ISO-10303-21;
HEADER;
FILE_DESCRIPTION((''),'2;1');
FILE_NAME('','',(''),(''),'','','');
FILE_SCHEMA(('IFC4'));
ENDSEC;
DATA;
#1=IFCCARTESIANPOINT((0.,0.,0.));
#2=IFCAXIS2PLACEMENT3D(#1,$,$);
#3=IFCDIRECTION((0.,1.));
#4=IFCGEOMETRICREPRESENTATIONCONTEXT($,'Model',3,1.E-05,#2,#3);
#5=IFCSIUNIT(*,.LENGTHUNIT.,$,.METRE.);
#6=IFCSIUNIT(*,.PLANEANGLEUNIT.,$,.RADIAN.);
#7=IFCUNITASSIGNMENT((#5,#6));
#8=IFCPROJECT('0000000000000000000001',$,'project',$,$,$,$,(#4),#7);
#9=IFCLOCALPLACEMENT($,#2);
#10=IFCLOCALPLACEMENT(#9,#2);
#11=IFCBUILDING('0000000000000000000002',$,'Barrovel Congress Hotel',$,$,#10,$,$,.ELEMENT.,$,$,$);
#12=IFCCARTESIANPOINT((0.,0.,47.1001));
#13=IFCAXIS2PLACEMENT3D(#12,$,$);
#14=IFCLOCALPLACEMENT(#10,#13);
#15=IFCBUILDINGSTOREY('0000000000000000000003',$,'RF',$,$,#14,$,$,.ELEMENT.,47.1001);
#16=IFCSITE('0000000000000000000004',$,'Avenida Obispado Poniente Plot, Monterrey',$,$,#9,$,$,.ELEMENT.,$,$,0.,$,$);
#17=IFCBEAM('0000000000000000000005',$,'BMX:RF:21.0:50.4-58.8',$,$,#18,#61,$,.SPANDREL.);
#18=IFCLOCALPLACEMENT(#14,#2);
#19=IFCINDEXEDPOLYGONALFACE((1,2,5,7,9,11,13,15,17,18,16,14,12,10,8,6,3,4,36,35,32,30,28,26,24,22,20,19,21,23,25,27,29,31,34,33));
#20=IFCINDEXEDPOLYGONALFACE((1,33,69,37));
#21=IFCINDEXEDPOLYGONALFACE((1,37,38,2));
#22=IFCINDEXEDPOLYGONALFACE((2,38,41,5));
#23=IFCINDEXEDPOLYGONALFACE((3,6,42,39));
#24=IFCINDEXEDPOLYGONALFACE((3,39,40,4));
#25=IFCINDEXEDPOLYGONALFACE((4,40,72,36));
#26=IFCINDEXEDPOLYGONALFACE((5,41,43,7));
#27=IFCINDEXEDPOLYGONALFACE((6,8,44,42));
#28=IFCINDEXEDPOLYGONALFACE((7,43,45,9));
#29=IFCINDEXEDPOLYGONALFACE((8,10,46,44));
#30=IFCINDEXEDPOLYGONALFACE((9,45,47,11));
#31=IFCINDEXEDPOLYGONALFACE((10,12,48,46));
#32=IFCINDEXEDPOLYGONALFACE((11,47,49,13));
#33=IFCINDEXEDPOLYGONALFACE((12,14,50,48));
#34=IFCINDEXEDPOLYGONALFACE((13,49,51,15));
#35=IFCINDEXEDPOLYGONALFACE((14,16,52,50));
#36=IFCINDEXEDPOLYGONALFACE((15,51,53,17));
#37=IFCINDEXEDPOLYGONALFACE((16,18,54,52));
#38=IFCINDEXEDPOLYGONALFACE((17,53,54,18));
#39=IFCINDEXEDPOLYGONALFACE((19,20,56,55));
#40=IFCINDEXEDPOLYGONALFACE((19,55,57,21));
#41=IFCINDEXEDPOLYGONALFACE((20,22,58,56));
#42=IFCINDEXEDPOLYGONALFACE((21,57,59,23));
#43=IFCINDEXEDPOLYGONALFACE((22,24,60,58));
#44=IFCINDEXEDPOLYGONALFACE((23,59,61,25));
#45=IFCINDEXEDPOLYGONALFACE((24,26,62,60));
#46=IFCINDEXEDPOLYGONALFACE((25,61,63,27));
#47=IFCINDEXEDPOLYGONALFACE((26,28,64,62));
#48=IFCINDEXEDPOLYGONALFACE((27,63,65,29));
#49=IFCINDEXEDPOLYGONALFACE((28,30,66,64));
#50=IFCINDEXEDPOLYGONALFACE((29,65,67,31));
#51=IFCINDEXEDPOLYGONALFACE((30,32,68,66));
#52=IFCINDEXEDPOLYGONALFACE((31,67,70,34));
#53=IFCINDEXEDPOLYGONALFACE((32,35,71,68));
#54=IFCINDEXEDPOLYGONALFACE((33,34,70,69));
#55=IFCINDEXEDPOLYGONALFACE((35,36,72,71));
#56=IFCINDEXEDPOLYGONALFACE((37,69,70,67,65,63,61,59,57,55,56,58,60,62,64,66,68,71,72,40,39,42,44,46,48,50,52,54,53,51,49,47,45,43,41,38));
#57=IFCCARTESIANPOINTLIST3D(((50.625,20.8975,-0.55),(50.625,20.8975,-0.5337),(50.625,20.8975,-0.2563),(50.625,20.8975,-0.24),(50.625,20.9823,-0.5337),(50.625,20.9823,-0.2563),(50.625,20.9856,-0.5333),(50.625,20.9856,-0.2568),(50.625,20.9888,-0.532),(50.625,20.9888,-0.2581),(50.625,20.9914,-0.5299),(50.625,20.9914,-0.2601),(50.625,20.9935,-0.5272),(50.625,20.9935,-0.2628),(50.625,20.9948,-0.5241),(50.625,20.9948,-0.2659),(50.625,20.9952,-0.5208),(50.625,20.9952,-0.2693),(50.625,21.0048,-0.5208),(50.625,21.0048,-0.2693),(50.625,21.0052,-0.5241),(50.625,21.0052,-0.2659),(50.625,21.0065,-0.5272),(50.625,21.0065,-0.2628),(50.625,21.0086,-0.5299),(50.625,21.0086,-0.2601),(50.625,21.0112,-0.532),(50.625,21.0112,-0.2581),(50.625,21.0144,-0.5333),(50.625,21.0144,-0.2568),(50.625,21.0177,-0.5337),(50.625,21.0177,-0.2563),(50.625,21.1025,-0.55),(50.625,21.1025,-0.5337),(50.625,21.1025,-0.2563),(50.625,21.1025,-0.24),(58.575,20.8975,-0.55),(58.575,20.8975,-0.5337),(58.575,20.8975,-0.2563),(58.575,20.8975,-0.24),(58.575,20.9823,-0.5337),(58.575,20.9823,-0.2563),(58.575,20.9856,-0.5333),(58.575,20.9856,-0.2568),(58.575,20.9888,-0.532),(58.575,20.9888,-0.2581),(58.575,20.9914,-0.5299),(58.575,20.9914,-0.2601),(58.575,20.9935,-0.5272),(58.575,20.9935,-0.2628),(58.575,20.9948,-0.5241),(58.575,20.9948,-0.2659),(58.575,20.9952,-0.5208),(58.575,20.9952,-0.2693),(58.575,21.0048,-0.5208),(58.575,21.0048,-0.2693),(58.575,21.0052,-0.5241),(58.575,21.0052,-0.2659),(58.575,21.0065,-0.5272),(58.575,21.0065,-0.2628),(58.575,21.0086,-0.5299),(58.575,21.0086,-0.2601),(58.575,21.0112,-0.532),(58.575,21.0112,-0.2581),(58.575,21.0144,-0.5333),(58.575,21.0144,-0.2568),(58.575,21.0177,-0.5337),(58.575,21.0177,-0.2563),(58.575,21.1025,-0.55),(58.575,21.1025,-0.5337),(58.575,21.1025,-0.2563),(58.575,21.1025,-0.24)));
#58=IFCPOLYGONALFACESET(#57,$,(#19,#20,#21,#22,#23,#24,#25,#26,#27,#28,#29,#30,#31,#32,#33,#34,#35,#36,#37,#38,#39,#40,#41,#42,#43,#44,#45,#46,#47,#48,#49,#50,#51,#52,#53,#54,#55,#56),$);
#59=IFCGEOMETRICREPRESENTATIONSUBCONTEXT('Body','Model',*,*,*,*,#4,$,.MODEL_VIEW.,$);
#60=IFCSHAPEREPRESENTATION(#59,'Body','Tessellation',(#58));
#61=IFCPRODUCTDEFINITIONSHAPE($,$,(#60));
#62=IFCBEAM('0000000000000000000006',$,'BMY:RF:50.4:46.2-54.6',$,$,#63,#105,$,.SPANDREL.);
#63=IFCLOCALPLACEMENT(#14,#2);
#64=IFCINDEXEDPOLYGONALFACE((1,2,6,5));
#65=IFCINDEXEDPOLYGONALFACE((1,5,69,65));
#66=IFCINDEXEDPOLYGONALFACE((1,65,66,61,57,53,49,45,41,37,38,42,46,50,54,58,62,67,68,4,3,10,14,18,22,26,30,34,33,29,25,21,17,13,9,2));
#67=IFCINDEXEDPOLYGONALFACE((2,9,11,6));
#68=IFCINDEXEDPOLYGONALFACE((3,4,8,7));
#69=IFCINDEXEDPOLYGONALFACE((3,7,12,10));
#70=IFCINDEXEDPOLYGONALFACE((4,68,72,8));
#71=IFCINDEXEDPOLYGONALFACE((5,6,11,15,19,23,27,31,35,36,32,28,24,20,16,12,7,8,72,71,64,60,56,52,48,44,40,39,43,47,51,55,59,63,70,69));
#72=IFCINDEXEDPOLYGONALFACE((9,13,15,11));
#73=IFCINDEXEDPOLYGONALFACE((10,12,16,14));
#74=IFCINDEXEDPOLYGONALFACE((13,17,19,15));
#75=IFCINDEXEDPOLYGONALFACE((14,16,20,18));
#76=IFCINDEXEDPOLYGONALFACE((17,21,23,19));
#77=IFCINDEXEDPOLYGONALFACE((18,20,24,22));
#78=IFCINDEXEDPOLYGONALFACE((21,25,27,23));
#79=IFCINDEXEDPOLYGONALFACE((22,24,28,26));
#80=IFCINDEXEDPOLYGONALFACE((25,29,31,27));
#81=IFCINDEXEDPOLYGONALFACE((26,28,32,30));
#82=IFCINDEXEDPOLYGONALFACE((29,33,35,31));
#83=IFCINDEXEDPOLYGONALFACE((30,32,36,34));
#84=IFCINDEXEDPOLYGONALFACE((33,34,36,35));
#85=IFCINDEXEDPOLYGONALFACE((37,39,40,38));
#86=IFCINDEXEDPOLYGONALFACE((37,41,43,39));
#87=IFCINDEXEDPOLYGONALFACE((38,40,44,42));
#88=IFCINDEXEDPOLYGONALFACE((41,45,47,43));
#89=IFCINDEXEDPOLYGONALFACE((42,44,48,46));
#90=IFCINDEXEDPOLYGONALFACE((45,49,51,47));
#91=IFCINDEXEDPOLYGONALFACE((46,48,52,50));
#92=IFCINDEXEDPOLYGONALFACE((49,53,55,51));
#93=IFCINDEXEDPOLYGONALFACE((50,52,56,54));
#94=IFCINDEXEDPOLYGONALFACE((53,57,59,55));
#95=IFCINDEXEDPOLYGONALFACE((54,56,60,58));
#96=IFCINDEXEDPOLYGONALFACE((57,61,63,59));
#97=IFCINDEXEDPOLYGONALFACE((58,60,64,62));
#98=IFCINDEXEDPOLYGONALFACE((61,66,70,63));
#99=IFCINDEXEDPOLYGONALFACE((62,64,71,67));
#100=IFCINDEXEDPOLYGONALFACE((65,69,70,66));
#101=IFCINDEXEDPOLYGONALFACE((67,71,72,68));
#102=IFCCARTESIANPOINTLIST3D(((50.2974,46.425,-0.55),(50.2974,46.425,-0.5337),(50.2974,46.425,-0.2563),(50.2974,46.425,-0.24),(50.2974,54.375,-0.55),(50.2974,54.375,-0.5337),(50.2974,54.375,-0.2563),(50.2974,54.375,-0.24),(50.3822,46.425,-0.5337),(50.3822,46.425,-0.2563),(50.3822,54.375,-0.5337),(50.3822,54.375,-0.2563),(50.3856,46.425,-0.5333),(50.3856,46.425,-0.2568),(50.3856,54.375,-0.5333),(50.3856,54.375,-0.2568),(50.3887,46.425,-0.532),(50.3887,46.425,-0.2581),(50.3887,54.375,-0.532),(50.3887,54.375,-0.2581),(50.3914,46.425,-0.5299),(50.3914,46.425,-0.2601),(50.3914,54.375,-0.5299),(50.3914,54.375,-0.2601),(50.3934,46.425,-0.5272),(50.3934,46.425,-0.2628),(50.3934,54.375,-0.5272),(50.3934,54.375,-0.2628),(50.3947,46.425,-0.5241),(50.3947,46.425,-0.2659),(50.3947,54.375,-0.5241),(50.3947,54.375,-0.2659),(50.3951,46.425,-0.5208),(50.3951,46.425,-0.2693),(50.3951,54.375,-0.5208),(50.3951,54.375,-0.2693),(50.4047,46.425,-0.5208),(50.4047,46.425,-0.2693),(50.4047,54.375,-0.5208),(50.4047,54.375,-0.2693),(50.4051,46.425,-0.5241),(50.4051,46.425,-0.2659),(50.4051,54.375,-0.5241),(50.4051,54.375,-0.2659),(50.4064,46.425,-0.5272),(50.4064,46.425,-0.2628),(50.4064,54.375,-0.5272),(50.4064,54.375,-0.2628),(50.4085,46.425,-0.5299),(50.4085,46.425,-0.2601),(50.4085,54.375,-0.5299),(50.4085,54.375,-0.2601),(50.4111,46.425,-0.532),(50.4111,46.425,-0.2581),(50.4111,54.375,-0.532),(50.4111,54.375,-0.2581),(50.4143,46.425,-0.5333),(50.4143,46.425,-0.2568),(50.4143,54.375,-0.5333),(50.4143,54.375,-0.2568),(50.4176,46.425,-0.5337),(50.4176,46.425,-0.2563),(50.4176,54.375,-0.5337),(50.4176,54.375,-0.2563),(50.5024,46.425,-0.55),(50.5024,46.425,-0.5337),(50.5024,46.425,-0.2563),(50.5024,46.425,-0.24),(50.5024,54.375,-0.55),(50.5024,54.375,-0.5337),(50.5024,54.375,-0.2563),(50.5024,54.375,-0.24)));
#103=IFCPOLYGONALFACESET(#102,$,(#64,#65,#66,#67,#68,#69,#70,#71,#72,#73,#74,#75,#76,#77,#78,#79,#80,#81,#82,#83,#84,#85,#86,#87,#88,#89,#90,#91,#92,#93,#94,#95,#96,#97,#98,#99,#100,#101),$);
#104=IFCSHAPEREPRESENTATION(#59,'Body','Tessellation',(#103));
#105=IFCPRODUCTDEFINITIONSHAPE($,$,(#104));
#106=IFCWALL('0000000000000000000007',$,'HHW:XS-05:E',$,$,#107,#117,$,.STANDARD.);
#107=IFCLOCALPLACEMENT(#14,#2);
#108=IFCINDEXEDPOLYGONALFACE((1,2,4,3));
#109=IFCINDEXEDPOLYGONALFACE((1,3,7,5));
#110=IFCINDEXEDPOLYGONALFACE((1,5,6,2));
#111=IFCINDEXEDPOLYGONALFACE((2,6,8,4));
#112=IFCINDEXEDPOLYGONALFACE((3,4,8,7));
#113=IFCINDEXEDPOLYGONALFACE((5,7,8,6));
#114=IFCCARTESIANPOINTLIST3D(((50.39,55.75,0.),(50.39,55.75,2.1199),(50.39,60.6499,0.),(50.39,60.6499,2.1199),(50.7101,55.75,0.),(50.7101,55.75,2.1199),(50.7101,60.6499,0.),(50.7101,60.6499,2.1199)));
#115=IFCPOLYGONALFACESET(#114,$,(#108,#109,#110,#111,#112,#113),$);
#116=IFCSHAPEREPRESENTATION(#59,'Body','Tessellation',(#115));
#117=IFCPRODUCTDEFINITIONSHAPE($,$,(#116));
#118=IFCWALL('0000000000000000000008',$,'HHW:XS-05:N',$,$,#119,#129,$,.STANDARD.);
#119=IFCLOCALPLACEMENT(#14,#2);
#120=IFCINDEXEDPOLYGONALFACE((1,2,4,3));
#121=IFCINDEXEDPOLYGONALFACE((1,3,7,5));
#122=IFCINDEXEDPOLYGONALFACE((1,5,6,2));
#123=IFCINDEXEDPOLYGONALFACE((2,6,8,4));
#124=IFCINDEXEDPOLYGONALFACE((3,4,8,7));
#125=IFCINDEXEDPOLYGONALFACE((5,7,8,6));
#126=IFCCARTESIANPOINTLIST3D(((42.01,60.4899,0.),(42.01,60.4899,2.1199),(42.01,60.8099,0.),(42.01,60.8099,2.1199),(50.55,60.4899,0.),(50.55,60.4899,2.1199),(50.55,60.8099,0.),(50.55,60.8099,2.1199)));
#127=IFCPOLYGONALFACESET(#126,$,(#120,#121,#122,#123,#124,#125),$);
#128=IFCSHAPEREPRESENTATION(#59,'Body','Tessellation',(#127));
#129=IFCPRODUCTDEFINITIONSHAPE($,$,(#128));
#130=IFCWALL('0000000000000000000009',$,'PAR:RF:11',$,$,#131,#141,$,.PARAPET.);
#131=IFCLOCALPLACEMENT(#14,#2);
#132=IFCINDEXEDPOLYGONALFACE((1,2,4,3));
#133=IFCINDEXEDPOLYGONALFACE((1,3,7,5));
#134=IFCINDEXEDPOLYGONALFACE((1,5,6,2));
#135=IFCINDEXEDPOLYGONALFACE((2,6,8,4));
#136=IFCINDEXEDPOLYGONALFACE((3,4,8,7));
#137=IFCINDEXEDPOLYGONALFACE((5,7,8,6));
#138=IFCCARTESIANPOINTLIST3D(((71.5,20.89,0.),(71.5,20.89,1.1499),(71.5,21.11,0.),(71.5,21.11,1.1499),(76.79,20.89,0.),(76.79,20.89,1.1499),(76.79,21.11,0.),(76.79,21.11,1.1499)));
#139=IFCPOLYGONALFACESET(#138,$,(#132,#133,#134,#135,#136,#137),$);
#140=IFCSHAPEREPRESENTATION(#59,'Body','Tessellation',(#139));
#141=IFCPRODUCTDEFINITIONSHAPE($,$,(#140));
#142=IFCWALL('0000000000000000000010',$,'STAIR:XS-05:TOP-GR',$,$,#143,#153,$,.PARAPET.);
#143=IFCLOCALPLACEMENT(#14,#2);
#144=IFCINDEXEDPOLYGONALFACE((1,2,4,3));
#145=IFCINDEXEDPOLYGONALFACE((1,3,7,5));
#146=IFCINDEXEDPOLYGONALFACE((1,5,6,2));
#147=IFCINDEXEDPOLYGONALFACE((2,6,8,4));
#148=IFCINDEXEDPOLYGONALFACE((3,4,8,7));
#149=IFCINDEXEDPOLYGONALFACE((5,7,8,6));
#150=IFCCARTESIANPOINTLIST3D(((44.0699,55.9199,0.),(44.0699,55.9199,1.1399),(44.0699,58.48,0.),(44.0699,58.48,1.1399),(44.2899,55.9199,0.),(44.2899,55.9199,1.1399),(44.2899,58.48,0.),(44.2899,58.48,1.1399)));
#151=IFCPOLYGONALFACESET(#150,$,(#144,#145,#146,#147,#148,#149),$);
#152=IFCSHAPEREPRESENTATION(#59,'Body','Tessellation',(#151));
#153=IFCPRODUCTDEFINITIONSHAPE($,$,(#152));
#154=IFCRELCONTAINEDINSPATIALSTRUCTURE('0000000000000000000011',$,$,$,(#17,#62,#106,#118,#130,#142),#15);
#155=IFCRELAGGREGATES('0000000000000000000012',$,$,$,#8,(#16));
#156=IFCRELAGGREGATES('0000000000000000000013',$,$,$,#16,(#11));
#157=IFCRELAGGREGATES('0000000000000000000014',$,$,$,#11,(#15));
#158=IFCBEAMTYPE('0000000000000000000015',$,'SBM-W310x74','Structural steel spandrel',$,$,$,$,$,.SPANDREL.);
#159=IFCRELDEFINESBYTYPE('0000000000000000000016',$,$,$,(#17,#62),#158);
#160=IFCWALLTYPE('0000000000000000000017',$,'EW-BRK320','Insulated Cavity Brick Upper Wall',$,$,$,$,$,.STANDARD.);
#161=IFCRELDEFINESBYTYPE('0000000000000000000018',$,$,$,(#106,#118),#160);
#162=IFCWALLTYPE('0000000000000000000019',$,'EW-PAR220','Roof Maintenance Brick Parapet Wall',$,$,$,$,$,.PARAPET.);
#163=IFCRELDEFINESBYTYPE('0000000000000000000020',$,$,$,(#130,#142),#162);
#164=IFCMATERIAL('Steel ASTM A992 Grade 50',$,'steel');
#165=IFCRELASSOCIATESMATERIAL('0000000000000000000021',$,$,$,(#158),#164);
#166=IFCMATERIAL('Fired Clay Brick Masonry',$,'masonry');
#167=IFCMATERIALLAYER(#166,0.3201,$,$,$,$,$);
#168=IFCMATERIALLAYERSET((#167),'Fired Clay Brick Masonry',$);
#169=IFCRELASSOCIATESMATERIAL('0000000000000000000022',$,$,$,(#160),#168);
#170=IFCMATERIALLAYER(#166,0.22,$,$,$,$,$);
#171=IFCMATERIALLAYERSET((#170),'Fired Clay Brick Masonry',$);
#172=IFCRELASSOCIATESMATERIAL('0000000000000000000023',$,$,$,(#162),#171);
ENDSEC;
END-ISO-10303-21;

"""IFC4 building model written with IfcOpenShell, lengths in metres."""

from ifc_helpers import new_model, si_unit, direction, frame, frame_2d, origin, origin_2d, place, context, subcontext, project, spatial, rectangle, i_section, extrude, material, layer, layer_set, material_profile, profile_set, type_object, element, save


model = new_model("IFC4")

# Units and contexts
model_context = context("Model", 3, precision=1e-05, world=origin(), true_north=direction((0.0, 1.0)))
body_context = subcontext(model_context, "Body", "Model", "MODEL_VIEW")
ifc_project = project(units=[si_unit("LENGTHUNIT", "METRE"), si_unit("PLANEANGLEUNIT", "RADIAN")], contexts=[model_context])

# Site, building, storey
site_placement = place(None, origin())
site = spatial("IfcSite", under=ifc_project, at=site_placement, Name="Avenida Obispado Poniente Plot, Monterrey", CompositionType="ELEMENT", RefElevation=0.0)
building_placement = place(site_placement, origin())
building = spatial("IfcBuilding", under=site, at=building_placement, Name="Barrovel Congress Hotel", CompositionType="ELEMENT")
storey_placement = place(building_placement, frame((0.0, 0.0, 47.1001)))
storey = spatial("IfcBuildingStorey", under=building, at=storey_placement, Name="RF", CompositionType="ELEMENT", Elevation=47.1001)

# Shared definitions
ifc_material_1 = material(Name="Steel ASTM A992 Grade 50", Category="steel")

# Beams
ifc_material_profile_1 = material_profile(ifc_material_1, i_section(OverallWidth=0.2051, OverallDepth=0.3101, WebThickness=0.0095, FlangeThickness=0.0164, FilletRadius=0.0129, at=origin_2d()), Name="W310x74")
ifc_profile_set_1 = profile_set([ifc_material_profile_1], Name="Steel ASTM A992 Grade 50")
beam_type_1 = type_object("IfcBeamType", Name="SBM-W310x74", Description="Structural steel spandrel", PredefinedType="SPANDREL", material=ifc_profile_set_1)
for number, where, z_axis, x_axis, name in (
    (1, (50.625, 21.0, -0.395), (1.0, 0.0, 0.0), (0.0, 1.0, 0.0), "BMX:RF:21.0:50.4-58.8"),
    (2, (50.3999, 46.425, -0.395), (0.0, 1.0, 0.0), (-1.0, 0.0, 0.0), "BMY:RF:50.4:46.2-54.6"),
):
    element("IfcBeam", number, at=place(storey_placement, frame(where, z_axis=z_axis, x_axis=x_axis)), inside=storey, type_object=beam_type_1, Name=name, PredefinedType="SPANDREL", context=body_context, shape_type="SweptSolid", body=[
        extrude(i_section(OverallWidth=0.2051, OverallDepth=0.3101, WebThickness=0.0095, FlangeThickness=0.0164, FilletRadius=0.0129, at=origin_2d()), origin(), (0.0, 0.0, 1.0), 7.95),
    ])

# Walls
ifc_material_2 = material(Name="Fired Clay Brick Masonry", Category="masonry")
ifc_layer_1 = layer(ifc_material_2, 0.3201)
ifc_layer_set_1 = layer_set([ifc_layer_1], Name="Fired Clay Brick Masonry")
wall_type_1 = type_object("IfcWallType", Name="EW-BRK320", Description="Insulated Cavity Brick Upper Wall", PredefinedType="STANDARD", material=ifc_layer_set_1)
wall_1_placement = place(storey_placement, frame((50.55, 55.75, 0.0), z_axis=(0.0, 0.0, 1.0), x_axis=(0.0, 1.0, 0.0)))
element("IfcWall", 3, at=wall_1_placement, inside=storey, type_object=wall_type_1, Name="HHW:XS-05:E", PredefinedType="STANDARD", context=body_context, shape_type="SweptSolid", body=[
    extrude(rectangle(XDim=4.8999, YDim=0.3201, at=frame_2d((2.45, 0.0))), origin(), (0.0, 0.0, 1.0), 2.1199),
])
wall_2_placement = place(storey_placement, frame((50.55, 60.6499, 0.0), z_axis=(0.0, 0.0, 1.0), x_axis=(-1.0, 0.0, 0.0)))
element("IfcWall", 4, at=wall_2_placement, inside=storey, type_object=wall_type_1, Name="HHW:XS-05:N", PredefinedType="STANDARD", context=body_context, shape_type="SweptSolid", body=[
    extrude(rectangle(XDim=8.54, YDim=0.3201, at=frame_2d((4.27, 0.0))), origin(), (0.0, 0.0, 1.0), 2.1199),
])
ifc_layer_2 = layer(ifc_material_2, 0.22)
ifc_layer_set_2 = layer_set([ifc_layer_2], Name="Fired Clay Brick Masonry")
wall_type_2 = type_object("IfcWallType", Name="EW-PAR220", Description="Roof Maintenance Brick Parapet Wall", PredefinedType="PARAPET", material=ifc_layer_set_2)
wall_3_placement = place(storey_placement, frame((71.5, 21.0, 0.0), z_axis=(0.0, 0.0, 1.0), x_axis=(1.0, 0.0, 0.0)))
element("IfcWall", 5, at=wall_3_placement, inside=storey, type_object=wall_type_2, Name="PAR:RF:11", PredefinedType="PARAPET", context=body_context, shape_type="SweptSolid", body=[
    extrude(rectangle(XDim=5.29, YDim=0.22, at=frame_2d((2.645, 0.0))), origin(), (0.0, 0.0, 1.0), 1.1499),
])
wall_4_placement = place(storey_placement, frame((44.1799, 55.9199, 0.0), z_axis=(0.0, 0.0, 1.0), x_axis=(0.0, 1.0, 0.0)))
element("IfcWall", 6, at=wall_4_placement, inside=storey, type_object=wall_type_2, Name="STAIR:XS-05:TOP-GR", PredefinedType="PARAPET", context=body_context, shape_type="SweptSolid", body=[
    extrude(rectangle(XDim=2.5601, YDim=0.22, at=frame_2d((1.28, 0.0))), origin(), (0.0, 0.0, 1.0), 1.1399),
])

save(model, "model.ifc")
